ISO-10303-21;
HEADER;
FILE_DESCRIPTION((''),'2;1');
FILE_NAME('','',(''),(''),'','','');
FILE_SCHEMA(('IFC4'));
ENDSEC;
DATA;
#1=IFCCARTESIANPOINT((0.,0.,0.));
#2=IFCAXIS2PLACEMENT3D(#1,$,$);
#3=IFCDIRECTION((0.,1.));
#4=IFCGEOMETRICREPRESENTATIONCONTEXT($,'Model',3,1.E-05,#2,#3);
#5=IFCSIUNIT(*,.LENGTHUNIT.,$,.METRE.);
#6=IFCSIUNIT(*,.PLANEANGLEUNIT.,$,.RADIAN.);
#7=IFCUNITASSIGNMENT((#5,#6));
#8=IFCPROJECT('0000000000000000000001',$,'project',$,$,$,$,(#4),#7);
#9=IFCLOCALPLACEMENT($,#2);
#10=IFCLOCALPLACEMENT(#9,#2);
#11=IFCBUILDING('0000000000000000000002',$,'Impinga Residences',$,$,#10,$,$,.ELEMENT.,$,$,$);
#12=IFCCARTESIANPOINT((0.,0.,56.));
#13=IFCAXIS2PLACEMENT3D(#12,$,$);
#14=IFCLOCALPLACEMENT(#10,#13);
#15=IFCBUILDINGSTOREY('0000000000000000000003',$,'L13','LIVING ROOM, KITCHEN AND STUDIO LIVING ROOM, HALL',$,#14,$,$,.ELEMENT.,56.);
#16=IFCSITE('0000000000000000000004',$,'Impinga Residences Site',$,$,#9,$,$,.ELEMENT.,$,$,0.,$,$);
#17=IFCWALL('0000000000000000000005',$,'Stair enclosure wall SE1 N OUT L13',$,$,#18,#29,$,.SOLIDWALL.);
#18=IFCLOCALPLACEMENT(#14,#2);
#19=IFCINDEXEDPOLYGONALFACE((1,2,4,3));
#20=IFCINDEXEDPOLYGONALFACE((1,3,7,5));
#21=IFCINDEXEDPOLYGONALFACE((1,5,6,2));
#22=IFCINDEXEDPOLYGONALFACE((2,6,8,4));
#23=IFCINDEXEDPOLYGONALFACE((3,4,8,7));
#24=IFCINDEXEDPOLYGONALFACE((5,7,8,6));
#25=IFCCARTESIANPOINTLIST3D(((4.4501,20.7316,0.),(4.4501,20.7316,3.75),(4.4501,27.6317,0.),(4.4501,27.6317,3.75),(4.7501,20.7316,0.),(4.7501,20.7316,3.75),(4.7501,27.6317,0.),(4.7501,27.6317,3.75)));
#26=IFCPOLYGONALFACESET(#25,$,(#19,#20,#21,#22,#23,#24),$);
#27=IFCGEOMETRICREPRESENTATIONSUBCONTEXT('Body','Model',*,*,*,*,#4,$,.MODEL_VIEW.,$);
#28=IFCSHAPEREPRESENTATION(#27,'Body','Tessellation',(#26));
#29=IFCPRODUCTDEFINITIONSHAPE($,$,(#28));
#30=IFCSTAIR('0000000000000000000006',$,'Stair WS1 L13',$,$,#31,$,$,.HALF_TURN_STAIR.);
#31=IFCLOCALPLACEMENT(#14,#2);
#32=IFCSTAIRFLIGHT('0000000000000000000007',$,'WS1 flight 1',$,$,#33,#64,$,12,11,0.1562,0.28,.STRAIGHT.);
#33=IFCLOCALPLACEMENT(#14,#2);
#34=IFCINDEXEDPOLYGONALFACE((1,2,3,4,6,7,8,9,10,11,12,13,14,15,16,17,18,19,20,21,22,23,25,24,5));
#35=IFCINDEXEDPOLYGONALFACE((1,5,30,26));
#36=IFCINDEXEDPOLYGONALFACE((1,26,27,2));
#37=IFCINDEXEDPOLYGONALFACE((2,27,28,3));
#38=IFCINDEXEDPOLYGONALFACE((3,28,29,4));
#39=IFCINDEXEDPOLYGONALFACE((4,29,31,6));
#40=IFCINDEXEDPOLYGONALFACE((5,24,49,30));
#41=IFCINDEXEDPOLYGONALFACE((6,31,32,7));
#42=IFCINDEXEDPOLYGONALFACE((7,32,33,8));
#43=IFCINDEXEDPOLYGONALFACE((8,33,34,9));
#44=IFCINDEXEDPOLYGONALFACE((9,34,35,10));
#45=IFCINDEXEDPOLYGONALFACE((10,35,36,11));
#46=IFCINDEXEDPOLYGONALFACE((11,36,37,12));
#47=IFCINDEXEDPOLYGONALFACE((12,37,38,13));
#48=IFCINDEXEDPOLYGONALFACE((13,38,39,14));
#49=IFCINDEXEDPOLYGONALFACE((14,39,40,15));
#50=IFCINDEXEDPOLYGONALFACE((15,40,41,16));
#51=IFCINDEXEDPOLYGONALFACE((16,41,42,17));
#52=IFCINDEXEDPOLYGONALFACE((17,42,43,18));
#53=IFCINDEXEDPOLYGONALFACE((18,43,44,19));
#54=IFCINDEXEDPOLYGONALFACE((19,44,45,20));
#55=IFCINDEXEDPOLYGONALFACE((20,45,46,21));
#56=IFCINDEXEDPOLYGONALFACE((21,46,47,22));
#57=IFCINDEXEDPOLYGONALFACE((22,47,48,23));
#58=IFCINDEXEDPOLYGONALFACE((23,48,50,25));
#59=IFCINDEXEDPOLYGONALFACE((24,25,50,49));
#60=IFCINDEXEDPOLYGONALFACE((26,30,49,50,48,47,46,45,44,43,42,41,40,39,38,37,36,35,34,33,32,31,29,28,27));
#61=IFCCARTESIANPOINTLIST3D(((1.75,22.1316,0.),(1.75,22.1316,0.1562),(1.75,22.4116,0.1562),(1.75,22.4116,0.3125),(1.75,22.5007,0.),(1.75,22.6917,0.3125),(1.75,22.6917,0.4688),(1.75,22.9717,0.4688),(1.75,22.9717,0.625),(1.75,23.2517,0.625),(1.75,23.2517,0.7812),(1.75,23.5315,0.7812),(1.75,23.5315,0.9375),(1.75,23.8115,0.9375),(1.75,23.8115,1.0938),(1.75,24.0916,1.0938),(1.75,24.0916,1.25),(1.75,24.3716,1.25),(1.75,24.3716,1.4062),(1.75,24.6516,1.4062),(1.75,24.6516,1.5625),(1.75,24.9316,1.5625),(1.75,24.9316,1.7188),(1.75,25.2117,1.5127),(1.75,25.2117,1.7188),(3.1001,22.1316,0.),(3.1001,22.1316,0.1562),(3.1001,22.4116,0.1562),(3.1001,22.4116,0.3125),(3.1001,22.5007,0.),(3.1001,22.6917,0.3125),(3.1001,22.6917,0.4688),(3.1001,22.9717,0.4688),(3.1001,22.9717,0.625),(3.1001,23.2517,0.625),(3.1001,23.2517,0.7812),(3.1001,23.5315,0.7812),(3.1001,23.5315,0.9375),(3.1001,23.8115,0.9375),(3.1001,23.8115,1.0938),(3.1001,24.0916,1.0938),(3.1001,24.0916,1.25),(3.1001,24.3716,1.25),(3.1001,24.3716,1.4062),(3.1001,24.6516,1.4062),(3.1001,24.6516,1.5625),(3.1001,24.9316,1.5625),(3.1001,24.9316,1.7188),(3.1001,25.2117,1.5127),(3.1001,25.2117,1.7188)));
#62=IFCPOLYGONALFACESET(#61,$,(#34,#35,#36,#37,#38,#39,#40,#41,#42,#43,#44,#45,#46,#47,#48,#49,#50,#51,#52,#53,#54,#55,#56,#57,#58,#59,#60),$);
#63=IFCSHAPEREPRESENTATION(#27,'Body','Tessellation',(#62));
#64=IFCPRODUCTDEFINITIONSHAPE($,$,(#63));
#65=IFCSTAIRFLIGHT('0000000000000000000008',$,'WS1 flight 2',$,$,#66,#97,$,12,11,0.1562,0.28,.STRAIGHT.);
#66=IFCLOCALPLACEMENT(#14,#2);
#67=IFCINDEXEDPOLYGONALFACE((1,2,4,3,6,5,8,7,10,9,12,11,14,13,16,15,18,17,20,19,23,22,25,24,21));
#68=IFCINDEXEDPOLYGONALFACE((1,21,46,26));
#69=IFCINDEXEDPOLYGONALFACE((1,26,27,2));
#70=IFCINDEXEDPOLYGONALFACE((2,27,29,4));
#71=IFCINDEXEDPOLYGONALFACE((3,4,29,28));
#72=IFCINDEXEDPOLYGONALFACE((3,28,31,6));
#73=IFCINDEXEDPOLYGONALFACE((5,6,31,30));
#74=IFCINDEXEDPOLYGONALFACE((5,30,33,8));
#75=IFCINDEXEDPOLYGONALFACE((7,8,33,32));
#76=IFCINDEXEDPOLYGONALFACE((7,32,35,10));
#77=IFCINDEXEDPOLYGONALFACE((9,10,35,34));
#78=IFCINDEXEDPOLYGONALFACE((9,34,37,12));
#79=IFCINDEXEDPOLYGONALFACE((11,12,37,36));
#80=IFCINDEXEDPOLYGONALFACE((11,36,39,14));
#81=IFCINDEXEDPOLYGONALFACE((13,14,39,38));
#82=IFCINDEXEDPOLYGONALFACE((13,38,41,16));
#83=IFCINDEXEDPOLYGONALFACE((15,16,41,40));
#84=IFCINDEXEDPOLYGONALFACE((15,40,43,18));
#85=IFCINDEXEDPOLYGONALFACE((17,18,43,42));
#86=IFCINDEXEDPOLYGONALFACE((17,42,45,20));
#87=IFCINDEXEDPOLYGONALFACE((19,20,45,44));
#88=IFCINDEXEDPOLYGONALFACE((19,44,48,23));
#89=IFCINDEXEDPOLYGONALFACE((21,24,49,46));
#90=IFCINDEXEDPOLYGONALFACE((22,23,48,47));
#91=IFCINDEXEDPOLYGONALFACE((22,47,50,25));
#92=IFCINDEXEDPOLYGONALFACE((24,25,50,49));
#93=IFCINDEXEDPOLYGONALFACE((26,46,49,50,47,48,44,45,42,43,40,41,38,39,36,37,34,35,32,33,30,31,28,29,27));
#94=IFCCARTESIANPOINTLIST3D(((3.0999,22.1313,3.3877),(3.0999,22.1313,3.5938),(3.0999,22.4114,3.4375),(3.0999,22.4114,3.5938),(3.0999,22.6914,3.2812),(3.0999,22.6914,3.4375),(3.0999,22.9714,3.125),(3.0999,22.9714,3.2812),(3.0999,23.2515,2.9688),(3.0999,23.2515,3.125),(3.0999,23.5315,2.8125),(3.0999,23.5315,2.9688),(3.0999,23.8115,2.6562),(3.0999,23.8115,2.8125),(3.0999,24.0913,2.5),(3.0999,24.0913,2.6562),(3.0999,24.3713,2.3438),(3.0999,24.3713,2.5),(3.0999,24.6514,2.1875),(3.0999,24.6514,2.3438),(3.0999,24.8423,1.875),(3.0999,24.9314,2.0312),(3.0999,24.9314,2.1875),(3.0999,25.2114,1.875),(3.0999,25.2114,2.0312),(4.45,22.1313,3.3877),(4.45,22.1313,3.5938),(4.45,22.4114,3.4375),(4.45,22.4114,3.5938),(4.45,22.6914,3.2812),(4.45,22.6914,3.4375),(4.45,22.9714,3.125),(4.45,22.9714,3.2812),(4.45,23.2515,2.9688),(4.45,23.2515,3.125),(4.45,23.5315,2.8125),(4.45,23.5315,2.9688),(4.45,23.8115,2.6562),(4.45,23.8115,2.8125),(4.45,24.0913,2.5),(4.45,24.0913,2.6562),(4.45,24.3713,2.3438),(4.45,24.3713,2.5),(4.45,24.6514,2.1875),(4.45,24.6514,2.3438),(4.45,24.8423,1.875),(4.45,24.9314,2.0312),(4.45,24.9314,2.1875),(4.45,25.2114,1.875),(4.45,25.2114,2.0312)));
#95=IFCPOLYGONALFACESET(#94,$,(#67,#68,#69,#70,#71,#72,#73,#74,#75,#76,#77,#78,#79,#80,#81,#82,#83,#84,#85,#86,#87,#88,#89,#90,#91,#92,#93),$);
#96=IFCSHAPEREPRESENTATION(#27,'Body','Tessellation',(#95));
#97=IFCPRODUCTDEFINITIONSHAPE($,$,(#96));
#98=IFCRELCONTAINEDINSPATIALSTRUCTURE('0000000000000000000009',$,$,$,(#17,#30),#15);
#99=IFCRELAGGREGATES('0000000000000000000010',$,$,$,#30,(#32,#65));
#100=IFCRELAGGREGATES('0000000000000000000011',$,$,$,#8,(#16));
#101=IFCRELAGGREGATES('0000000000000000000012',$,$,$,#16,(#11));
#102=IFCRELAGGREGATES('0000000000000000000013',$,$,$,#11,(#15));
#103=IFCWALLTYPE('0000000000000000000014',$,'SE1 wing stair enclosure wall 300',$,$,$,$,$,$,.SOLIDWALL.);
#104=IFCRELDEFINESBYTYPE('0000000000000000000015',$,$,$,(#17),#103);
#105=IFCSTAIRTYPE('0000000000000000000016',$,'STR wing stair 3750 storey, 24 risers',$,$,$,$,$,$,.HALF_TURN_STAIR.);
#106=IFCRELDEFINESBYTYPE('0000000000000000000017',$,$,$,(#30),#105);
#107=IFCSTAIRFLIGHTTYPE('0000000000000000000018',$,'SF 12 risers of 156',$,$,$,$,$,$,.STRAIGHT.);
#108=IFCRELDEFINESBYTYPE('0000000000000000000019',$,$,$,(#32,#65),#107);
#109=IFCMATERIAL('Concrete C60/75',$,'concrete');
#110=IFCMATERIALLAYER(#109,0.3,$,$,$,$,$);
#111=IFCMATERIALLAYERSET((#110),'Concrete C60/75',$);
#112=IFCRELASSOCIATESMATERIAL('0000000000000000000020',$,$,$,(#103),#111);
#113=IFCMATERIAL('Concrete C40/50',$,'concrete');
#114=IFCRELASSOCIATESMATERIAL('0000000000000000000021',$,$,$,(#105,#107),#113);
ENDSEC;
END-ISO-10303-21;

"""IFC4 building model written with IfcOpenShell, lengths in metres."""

from ifc_helpers import new_model, si_unit, direction, frame, frame_2d, origin, place, context, subcontext, project, spatial, polyline, rectangle, outline, extrude, material, layer, layer_set, type_object, element, aggregate, save


model = new_model("IFC4")

# Units and contexts
model_context = context("Model", 3, precision=1e-05, world=origin(), true_north=direction((0.0, 1.0)))
body_context = subcontext(model_context, "Body", "Model", "MODEL_VIEW")
ifc_project = project(units=[si_unit("LENGTHUNIT", "METRE"), si_unit("PLANEANGLEUNIT", "RADIAN")], contexts=[model_context])

# Site, building, storey
site_placement = place(None, origin())
site = spatial("IfcSite", under=ifc_project, at=site_placement, Name="Impinga Residences Site", CompositionType="ELEMENT", RefElevation=0.0)
building_placement = place(site_placement, origin())
building = spatial("IfcBuilding", under=site, at=building_placement, Name="Impinga Residences", CompositionType="ELEMENT")
storey_placement = place(building_placement, frame((0.0, 0.0, 56.0)))
storey = spatial("IfcBuildingStorey", under=building, at=storey_placement, Name="L13", Description="LIVING ROOM, KITCHEN AND STUDIO LIVING ROOM, HALL", CompositionType="ELEMENT", Elevation=56.0)

# Shared definitions
ifc_material_1 = material(Name="Concrete C60/75", Category="concrete")

# Wall
ifc_layer_1 = layer(ifc_material_1, 0.3)
ifc_layer_set_1 = layer_set([ifc_layer_1], Name="Concrete C60/75")
wall_type_1 = type_object("IfcWallType", Name="SE1 wing stair enclosure wall 300", PredefinedType="SOLIDWALL", material=ifc_layer_set_1)
wall_1_placement = place(storey_placement, frame((4.6001, 20.7314, 0.0), z_axis=(0.0, 0.0, 1.0), x_axis=(0.0, 1.0, 0.0)))
element("IfcWall", 1, at=wall_1_placement, inside=storey, type_object=wall_type_1, Name="Stair enclosure wall SE1 N OUT L13", PredefinedType="SOLIDWALL", context=body_context, shape_type="SweptSolid", body=[
    extrude(rectangle(XDim=6.9001, YDim=0.3, at=frame_2d((3.4502, 0.0))), origin(), (0.0, 0.0, 1.0), 3.75),
])

# Stair, stair flights
ifc_material_2 = material(Name="Concrete C40/50", Category="concrete")
stair_type = type_object("IfcStairType", Name="STR wing stair 3750 storey, 24 risers", PredefinedType="HALF_TURN_STAIR", material=ifc_material_2)
stair_placement = place(storey_placement, origin())
stair = element("IfcStair", 2, at=stair_placement, inside=storey, type_object=stair_type, Name="Stair WS1 L13", PredefinedType="HALF_TURN_STAIR")
stair_flight_type = type_object("IfcStairFlightType", Name="SF 12 risers of 156", PredefinedType="STRAIGHT", material=ifc_material_2)
stair_flight_1_placement = place(storey_placement, frame((2.425, 22.1316, 0.0), z_axis=(0.0, 0.0, 1.0), x_axis=(0.0, 1.0, 0.0)))
stair_flight_1 = element("IfcStairFlight", 3, at=stair_flight_1_placement, type_object=stair_flight_type, Name="WS1 flight 1", NumberOfRisers=12, NumberOfTreads=11, PredefinedType="STRAIGHT", RiserHeight=0.1562, TreadLength=0.28, context=body_context, shape_type="SweptSolid", body=[
    extrude(outline(polyline([(0.0, 0.0), (0.0, 0.1562), (0.28, 0.1562), (0.28, 0.3125), (0.5601, 0.3125), (0.5601, 0.4688), (0.8401, 0.4688), (0.8401, 0.625), (1.1201, 0.625), (1.1201, 0.7812), (1.3999, 0.7812), (1.3999, 0.9375), (1.6799, 0.9375), (1.6799, 1.0938), (1.96, 1.0938), (1.96, 1.25), (2.24, 1.25), (2.24, 1.4062), (2.52, 1.4062), (2.52, 1.5625), (2.8, 1.5625), (2.8, 1.7188), (3.0801, 1.7188), (3.0801, 1.875), (3.0801, 1.5127), (0.3691, 0.0), (0.0, 0.0)])), frame((0.0, 0.675, 0.0), z_axis=(0.0, -1.0, 0.0), x_axis=(1.0, 0.0, 0.0)), (0.0, 0.0, 1.0), 1.3501),
])
stair_flight_2_placement = place(storey_placement, frame((3.7749, 25.2114, 1.875), z_axis=(0.0, 0.0, 1.0), x_axis=(0.0, -1.0, 0.0)))
stair_flight_2 = element("IfcStairFlight", 4, at=stair_flight_2_placement, type_object=stair_flight_type, Name="WS1 flight 2", NumberOfRisers=12, NumberOfTreads=11, PredefinedType="STRAIGHT", RiserHeight=0.1562, TreadLength=0.28, context=body_context, shape_type="SweptSolid", body=[
    extrude(outline(polyline([(0.0, 0.0), (0.0, 0.1562), (0.28, 0.1562), (0.28, 0.3125), (0.5601, 0.3125), (0.5601, 0.4688), (0.8401, 0.4688), (0.8401, 0.625), (1.1201, 0.625), (1.1201, 0.7812), (1.3999, 0.7812), (1.3999, 0.9375), (1.6799, 0.9375), (1.6799, 1.0938), (1.96, 1.0938), (1.96, 1.25), (2.24, 1.25), (2.24, 1.4062), (2.52, 1.4062), (2.52, 1.5625), (2.8, 1.5625), (2.8, 1.7188), (3.0801, 1.7188), (3.0801, 1.875), (3.0801, 1.5127), (0.3691, 0.0), (0.0, 0.0)])), frame((0.0, 0.675, 0.0), z_axis=(0.0, -1.0, 0.0), x_axis=(1.0, 0.0, 0.0)), (0.0, 0.0, 1.0), 1.3501),
])
aggregate(stair, [stair_flight_1, stair_flight_2])

save(model, "model.ifc")
